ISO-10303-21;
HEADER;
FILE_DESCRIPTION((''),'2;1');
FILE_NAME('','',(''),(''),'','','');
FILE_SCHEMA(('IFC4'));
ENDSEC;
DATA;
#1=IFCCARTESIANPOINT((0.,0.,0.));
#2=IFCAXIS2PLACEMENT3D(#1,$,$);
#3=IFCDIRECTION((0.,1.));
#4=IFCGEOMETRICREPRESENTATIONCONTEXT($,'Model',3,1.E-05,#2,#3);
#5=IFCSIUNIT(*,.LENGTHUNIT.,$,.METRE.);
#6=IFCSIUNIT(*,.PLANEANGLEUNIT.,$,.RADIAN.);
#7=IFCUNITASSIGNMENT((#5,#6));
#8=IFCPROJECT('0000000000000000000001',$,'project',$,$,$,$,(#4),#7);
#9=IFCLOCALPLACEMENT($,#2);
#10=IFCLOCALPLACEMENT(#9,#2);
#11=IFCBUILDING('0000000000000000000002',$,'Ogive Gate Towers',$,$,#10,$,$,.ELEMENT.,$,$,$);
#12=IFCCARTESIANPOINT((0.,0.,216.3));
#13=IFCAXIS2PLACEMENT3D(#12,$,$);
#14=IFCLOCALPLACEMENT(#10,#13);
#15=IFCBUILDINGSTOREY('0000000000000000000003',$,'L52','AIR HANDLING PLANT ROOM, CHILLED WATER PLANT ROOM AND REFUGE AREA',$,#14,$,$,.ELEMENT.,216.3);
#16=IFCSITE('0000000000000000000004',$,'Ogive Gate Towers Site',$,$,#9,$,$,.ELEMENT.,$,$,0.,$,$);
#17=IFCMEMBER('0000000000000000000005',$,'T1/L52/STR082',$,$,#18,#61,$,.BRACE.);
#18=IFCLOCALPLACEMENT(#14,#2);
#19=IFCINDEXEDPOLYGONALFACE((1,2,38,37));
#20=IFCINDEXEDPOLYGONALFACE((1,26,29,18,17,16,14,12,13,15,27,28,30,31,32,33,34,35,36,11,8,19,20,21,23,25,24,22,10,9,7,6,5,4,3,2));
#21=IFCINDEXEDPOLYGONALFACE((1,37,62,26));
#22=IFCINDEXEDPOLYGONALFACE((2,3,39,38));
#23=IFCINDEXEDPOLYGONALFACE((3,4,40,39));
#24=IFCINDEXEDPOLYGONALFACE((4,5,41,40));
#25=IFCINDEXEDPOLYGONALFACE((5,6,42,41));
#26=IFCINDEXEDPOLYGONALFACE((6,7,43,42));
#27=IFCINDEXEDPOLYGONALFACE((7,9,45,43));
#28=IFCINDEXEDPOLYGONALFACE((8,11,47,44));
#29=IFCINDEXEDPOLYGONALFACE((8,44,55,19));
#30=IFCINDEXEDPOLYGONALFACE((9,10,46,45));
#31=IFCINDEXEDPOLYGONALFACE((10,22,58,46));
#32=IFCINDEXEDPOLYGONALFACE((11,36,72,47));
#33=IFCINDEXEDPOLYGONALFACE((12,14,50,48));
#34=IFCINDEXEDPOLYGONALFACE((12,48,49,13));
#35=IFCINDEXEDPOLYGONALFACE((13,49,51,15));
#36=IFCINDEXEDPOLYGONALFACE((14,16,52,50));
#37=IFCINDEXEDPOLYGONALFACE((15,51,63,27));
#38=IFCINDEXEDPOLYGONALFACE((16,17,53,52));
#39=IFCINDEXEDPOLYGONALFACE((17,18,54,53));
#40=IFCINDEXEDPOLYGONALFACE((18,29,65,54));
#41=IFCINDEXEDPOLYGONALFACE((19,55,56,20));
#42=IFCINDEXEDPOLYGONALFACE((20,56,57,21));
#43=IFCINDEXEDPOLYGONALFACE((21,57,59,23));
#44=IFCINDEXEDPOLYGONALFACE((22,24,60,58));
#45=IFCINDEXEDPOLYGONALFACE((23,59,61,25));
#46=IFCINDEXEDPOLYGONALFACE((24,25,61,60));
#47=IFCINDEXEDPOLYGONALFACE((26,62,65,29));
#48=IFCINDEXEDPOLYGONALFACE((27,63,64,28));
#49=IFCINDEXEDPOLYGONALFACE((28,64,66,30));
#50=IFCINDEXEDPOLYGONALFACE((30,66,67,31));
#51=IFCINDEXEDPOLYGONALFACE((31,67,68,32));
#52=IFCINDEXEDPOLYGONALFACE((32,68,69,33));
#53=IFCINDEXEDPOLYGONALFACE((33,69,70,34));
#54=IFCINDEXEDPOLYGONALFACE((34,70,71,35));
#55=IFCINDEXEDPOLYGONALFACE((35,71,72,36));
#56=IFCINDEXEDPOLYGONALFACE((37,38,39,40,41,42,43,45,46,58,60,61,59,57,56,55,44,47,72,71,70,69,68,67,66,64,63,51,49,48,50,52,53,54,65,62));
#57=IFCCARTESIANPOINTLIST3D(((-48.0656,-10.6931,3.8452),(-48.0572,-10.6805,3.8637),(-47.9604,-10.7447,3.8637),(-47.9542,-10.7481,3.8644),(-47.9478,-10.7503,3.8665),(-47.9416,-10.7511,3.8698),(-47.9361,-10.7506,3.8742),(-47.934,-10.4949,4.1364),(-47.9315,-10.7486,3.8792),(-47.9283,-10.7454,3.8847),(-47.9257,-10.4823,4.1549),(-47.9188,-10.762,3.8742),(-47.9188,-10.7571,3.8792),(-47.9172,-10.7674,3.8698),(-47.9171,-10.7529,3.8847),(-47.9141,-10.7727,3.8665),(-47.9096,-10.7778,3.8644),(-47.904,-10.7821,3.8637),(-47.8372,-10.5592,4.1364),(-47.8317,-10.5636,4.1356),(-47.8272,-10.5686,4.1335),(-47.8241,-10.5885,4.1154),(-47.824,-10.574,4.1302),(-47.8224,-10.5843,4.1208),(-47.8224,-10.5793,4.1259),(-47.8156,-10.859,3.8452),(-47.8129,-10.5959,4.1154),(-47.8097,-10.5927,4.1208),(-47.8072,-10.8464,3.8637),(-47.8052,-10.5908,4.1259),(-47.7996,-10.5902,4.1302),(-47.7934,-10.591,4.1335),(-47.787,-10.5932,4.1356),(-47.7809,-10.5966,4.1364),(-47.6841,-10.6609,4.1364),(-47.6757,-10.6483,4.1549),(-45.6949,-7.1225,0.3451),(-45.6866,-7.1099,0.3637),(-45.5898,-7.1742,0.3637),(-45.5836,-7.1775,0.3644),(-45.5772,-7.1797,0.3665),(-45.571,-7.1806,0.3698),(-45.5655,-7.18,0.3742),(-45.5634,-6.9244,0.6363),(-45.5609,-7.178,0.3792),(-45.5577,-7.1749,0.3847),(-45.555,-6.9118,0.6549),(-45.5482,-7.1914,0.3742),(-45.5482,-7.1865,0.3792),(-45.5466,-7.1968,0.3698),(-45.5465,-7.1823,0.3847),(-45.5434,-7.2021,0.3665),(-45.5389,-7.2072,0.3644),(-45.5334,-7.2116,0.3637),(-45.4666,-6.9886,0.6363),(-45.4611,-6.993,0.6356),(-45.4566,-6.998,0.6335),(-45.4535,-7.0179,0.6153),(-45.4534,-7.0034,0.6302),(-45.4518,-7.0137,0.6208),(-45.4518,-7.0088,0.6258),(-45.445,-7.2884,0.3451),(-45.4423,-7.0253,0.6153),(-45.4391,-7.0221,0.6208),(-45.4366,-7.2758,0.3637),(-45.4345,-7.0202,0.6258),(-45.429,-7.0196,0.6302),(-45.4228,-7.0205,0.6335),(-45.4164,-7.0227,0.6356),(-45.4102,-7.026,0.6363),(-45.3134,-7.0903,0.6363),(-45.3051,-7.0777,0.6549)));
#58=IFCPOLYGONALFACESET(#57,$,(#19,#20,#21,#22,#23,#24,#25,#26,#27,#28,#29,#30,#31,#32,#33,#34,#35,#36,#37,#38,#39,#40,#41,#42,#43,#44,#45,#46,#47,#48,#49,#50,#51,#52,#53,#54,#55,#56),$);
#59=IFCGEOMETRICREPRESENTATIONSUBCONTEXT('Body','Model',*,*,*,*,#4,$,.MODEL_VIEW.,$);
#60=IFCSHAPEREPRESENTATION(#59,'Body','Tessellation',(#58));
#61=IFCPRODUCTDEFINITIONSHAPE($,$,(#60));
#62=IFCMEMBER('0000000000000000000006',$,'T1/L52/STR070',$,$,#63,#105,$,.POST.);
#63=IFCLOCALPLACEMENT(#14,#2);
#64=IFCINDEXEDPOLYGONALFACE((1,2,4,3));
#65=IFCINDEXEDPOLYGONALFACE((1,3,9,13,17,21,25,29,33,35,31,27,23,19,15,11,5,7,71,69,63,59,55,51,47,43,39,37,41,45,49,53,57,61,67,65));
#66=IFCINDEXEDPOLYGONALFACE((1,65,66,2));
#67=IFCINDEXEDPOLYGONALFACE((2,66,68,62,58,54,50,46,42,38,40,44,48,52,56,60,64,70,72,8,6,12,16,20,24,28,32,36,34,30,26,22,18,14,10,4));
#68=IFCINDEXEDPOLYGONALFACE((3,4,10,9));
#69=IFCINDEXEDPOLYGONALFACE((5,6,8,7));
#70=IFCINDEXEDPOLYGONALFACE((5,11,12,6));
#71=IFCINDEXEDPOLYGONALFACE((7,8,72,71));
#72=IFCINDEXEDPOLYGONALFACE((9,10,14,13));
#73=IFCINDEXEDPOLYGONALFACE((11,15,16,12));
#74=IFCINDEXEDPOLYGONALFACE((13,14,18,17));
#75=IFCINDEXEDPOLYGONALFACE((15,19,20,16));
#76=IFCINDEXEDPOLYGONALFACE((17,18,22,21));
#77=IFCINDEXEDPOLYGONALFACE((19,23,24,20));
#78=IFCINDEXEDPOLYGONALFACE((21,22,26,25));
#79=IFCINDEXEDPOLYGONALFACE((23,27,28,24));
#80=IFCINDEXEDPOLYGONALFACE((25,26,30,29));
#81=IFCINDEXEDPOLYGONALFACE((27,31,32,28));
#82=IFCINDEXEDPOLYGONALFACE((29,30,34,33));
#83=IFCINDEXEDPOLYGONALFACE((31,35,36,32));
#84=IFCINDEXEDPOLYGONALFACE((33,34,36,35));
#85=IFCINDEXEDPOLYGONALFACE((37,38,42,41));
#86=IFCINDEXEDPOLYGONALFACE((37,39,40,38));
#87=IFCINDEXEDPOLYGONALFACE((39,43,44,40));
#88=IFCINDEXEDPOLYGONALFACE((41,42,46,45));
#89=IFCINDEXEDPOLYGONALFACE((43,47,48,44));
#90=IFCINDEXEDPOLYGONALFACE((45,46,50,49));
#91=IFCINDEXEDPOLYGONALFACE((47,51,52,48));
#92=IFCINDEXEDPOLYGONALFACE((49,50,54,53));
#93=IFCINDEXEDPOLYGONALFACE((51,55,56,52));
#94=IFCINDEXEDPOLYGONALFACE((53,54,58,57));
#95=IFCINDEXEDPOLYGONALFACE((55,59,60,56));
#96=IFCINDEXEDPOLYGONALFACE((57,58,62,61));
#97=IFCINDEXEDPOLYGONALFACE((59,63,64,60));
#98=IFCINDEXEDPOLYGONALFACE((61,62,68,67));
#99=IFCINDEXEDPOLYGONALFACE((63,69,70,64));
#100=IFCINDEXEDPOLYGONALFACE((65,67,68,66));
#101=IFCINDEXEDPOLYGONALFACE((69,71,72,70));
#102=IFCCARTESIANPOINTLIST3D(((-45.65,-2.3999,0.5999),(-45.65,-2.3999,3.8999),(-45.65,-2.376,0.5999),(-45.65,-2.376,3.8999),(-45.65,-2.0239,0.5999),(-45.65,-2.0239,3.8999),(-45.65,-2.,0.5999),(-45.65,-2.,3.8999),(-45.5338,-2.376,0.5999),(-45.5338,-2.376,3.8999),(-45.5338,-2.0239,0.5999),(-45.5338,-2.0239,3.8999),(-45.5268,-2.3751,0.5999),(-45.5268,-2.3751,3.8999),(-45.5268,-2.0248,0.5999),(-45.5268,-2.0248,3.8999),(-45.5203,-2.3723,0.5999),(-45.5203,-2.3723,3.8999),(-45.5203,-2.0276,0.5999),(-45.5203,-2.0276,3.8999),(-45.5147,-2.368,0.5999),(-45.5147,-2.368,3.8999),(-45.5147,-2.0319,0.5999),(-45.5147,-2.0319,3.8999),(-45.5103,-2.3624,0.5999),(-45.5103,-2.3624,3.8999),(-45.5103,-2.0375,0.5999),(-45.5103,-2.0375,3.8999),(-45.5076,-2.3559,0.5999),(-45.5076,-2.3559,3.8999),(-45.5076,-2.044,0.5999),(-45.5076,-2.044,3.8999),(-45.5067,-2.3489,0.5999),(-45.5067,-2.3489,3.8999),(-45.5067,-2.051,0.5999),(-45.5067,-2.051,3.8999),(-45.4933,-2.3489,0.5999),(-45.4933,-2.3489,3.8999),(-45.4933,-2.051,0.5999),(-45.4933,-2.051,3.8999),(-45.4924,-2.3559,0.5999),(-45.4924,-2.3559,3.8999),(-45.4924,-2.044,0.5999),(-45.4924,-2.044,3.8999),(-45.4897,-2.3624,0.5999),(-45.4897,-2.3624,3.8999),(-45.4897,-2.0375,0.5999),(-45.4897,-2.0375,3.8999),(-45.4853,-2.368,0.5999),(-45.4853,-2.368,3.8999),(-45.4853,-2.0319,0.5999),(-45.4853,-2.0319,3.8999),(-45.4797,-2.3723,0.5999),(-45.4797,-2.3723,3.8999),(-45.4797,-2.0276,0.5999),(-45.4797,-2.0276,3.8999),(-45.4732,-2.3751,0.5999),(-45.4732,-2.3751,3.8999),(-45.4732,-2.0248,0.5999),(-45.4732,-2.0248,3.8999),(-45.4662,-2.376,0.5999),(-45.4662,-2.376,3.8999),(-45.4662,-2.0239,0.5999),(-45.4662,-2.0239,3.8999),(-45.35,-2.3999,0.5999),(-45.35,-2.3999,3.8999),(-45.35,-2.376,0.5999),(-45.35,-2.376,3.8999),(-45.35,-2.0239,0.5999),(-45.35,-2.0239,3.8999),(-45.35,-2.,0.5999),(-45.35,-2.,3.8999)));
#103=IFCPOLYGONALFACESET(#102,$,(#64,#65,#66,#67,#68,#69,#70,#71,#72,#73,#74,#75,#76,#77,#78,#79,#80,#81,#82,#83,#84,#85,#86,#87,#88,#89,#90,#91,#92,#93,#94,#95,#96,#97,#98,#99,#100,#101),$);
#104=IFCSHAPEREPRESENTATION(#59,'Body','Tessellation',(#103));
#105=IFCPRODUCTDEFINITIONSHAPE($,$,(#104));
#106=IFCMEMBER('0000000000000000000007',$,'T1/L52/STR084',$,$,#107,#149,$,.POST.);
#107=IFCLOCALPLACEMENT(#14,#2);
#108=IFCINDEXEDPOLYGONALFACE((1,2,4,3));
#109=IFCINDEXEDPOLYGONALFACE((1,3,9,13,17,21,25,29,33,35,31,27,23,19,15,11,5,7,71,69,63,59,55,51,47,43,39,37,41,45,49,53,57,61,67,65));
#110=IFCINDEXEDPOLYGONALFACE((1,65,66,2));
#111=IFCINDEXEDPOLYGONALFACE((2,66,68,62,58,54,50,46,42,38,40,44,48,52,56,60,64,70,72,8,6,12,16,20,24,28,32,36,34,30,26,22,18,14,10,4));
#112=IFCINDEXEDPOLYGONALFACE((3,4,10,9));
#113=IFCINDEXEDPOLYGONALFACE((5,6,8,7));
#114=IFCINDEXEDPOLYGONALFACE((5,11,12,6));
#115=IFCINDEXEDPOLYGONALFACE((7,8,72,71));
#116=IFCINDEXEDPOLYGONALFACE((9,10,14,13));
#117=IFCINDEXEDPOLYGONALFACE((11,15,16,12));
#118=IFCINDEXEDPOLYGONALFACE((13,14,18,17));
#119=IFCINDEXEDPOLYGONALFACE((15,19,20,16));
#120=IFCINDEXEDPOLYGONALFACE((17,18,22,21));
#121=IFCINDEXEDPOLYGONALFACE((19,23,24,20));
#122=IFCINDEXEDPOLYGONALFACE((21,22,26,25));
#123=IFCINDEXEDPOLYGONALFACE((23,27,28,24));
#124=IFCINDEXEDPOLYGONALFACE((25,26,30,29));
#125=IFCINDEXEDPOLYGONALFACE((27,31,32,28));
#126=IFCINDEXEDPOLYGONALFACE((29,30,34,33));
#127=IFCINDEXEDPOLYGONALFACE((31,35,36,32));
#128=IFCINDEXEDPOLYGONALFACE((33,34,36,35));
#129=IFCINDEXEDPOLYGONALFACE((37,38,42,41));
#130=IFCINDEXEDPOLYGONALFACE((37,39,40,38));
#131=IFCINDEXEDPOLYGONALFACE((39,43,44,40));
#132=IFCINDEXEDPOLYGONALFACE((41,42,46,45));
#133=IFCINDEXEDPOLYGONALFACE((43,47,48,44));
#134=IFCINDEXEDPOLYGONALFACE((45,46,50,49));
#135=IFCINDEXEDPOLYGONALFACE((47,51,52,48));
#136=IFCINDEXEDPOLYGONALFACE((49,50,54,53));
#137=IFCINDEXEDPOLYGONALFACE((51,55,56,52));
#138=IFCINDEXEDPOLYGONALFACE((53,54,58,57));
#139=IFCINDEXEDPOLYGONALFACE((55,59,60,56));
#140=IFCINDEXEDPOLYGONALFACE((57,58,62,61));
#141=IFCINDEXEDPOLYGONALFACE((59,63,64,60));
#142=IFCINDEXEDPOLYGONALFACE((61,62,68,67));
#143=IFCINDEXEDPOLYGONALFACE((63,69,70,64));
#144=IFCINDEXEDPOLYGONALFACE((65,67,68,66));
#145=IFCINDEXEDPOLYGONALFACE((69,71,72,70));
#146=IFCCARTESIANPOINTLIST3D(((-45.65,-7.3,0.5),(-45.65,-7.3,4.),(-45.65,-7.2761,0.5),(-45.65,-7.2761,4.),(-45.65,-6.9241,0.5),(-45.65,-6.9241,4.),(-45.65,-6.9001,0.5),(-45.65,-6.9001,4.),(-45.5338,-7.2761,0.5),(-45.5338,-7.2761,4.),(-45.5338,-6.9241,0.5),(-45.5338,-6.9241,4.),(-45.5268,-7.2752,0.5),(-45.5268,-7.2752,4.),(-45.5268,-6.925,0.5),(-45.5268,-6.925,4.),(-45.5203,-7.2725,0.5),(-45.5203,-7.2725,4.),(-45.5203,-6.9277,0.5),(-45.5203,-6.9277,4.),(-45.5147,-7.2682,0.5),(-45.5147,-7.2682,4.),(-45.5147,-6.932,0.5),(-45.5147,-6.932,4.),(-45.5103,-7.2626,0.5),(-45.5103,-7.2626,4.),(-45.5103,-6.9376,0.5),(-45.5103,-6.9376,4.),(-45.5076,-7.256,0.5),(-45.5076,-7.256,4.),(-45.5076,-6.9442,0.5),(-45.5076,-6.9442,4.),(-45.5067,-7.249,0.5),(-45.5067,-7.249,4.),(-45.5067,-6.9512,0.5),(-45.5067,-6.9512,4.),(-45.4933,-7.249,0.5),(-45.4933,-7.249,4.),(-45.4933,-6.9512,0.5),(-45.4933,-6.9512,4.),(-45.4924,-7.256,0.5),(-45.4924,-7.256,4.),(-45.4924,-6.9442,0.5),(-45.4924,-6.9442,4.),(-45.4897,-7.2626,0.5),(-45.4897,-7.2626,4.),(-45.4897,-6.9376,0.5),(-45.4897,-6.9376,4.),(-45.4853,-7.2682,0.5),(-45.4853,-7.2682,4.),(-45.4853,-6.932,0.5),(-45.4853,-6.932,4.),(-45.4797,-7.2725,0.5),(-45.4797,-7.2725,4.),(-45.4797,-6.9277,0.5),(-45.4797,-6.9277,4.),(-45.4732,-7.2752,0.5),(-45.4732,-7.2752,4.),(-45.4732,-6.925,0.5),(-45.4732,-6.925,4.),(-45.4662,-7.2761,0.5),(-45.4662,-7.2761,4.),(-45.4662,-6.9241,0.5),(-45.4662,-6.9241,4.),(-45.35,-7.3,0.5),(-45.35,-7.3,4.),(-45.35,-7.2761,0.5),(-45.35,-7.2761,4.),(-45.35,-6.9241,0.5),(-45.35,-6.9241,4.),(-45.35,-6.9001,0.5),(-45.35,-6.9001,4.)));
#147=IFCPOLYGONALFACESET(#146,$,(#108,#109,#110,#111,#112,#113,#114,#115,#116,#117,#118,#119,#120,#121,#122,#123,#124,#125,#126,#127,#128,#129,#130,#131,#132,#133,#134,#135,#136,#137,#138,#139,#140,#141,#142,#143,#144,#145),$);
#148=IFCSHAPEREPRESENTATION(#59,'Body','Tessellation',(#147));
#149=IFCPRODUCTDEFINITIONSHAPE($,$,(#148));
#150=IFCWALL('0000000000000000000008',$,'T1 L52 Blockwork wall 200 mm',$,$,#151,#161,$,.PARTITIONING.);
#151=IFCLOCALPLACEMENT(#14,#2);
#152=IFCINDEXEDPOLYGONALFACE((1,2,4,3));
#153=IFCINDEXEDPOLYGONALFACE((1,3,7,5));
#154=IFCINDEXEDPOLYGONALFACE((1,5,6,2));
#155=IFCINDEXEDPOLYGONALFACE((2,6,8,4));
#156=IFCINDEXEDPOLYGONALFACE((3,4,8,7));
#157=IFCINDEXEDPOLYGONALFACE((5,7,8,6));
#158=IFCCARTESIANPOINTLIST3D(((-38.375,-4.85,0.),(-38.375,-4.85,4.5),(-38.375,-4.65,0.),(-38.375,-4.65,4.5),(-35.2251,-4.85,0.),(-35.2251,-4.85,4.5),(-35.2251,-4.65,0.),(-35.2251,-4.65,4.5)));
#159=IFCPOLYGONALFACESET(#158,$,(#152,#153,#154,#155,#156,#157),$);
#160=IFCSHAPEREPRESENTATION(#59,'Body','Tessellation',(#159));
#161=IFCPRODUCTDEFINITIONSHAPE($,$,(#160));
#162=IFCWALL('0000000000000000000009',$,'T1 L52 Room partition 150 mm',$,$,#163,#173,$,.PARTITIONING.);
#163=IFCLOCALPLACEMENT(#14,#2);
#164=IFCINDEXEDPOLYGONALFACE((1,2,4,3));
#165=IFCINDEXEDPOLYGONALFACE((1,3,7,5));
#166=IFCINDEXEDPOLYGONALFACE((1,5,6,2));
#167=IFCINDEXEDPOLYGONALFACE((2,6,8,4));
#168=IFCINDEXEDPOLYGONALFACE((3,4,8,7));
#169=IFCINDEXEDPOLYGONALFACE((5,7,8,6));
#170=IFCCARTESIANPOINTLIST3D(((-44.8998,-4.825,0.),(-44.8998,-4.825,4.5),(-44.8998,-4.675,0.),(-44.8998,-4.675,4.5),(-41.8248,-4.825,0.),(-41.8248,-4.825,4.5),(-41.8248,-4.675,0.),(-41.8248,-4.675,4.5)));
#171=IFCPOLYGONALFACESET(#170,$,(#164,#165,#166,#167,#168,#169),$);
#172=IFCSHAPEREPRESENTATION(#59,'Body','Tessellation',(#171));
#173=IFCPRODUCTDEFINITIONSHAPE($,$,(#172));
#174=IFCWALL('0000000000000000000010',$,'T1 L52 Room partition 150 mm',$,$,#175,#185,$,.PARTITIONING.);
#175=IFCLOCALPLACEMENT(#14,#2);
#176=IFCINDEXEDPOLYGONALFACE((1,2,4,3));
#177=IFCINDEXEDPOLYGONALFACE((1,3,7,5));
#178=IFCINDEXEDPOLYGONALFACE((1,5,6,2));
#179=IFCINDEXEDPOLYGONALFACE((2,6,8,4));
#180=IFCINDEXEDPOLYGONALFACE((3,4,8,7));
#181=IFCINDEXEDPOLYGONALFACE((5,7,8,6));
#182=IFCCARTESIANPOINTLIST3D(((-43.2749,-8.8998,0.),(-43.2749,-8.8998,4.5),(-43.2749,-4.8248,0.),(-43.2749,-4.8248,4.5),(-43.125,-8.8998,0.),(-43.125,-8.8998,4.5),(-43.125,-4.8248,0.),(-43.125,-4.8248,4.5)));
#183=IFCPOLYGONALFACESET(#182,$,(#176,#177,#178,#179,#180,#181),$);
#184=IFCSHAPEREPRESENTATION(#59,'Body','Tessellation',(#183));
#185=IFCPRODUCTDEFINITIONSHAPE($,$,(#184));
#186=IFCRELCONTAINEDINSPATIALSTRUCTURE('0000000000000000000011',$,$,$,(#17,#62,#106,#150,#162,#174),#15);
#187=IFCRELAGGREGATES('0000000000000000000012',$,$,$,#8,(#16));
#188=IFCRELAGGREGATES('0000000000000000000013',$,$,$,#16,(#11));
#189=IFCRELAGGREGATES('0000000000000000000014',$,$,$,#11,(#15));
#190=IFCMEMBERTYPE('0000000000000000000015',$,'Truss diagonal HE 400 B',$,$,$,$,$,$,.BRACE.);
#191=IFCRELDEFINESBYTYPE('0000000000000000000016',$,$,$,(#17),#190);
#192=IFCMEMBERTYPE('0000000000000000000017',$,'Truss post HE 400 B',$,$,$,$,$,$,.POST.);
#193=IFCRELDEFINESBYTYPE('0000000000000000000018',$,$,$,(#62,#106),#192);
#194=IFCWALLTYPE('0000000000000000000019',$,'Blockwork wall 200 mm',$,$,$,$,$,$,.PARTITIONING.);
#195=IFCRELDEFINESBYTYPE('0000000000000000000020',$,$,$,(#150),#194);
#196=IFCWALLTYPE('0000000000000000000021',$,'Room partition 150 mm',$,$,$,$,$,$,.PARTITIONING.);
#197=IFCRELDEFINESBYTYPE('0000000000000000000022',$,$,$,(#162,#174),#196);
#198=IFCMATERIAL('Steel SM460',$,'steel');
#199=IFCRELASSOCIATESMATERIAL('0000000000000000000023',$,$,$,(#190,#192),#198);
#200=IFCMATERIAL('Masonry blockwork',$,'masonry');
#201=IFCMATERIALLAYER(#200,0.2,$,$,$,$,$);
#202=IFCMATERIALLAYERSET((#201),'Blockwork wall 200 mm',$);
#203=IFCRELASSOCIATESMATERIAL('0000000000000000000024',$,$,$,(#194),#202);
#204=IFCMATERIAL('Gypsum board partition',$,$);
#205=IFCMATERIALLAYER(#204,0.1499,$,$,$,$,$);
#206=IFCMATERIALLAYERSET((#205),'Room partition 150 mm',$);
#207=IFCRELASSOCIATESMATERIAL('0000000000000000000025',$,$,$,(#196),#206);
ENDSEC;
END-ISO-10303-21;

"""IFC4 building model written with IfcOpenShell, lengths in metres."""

from ifc_helpers import new_model, si_unit, direction, frame, frame_2d, origin, origin_2d, place, context, subcontext, project, spatial, rectangle, i_section, extrude, material, layer, layer_set, material_profile, profile_set, type_object, element, save


model = new_model("IFC4")

# Units and contexts
model_context = context("Model", 3, precision=1e-05, world=origin(), true_north=direction((0.0, 1.0)))
body_context = subcontext(model_context, "Body", "Model", "MODEL_VIEW")
ifc_project = project(units=[si_unit("LENGTHUNIT", "METRE"), si_unit("PLANEANGLEUNIT", "RADIAN")], contexts=[model_context])

# Site, building, storey
site_placement = place(None, origin())
site = spatial("IfcSite", under=ifc_project, at=site_placement, Name="Ogive Gate Towers Site", CompositionType="ELEMENT", RefElevation=0.0)
building_placement = place(site_placement, origin())
building = spatial("IfcBuilding", under=site, at=building_placement, Name="Ogive Gate Towers", CompositionType="ELEMENT")
storey_placement = place(building_placement, frame((0.0, 0.0, 216.3)))
storey = spatial("IfcBuildingStorey", under=building, at=storey_placement, Name="L52", Description="AIR HANDLING PLANT ROOM, CHILLED WATER PLANT ROOM AND REFUGE AREA", CompositionType="ELEMENT", Elevation=216.3)

# Members
ifc_material_1 = material(Name="Steel SM460", Category="steel")
ifc_material_profile_1 = material_profile(ifc_material_1, i_section(OverallWidth=0.3, OverallDepth=0.3999, WebThickness=0.0134, FlangeThickness=0.0239, FilletRadius=0.0271, at=origin_2d()), Name="HE 400 B")
ifc_profile_set_1 = profile_set([ifc_material_profile_1], Name="Steel SM460")
member_type_1 = type_object("IfcMemberType", Name="Truss diagonal HE 400 B", PredefinedType="BRACE", material=ifc_profile_set_1)
member_1_placement = place(storey_placement, frame((-45.5, -7.1001, 0.5), z_axis=(-0.428417, -0.645272, 0.632521), x_axis=(0.8331, -0.553122, 0.0)))
element("IfcMember", 1, at=member_1_placement, inside=storey, type_object=member_type_1, Name="T1/L52/STR082", PredefinedType="BRACE", context=body_context, shape_type="SweptSolid", body=[
    extrude(i_section(OverallWidth=0.3, OverallDepth=0.3999, WebThickness=0.0134, FlangeThickness=0.0239, FilletRadius=0.0271, at=origin_2d()), origin(), (0.0, 0.0, 1.0), 5.5334),
])
ifc_material_profile_2 = material_profile(ifc_material_1, i_section(OverallWidth=0.3, OverallDepth=0.3999, WebThickness=0.0134, FlangeThickness=0.0239, FilletRadius=0.0271, at=origin_2d()), Name="HE 400 B")
ifc_profile_set_2 = profile_set([ifc_material_profile_2], Name="Steel SM460")
member_type_2 = type_object("IfcMemberType", Name="Truss post HE 400 B", PredefinedType="POST", material=ifc_profile_set_2)
member_2_placement = place(storey_placement, frame((-45.5, -2.2, 0.5999), z_axis=(0.0, 0.0, 1.0), x_axis=(1.0, 0.0, 0.0)))
element("IfcMember", 2, at=member_2_placement, inside=storey, type_object=member_type_2, Name="T1/L52/STR070", PredefinedType="POST", context=body_context, shape_type="SweptSolid", body=[
    extrude(i_section(OverallWidth=0.3, OverallDepth=0.3999, WebThickness=0.0134, FlangeThickness=0.0239, FilletRadius=0.0271, at=origin_2d()), origin(), (0.0, 0.0, 1.0), 3.3),
])
member_3_placement = place(storey_placement, frame((-45.5, -7.1001, 0.5), z_axis=(0.0, 0.0, 1.0), x_axis=(1.0, 0.0, 0.0)))
element("IfcMember", 3, at=member_3_placement, inside=storey, type_object=member_type_2, Name="T1/L52/STR084", PredefinedType="POST", context=body_context, shape_type="SweptSolid", body=[
    extrude(i_section(OverallWidth=0.3, OverallDepth=0.3999, WebThickness=0.0134, FlangeThickness=0.0239, FilletRadius=0.0271, at=origin_2d()), origin(), (0.0, 0.0, 1.0), 3.5),
])

# Walls
ifc_material_2 = material(Name="Masonry blockwork", Category="masonry")
ifc_layer_1 = layer(ifc_material_2, 0.2)
ifc_layer_set_1 = layer_set([ifc_layer_1], Name="Blockwork wall 200 mm")
wall_type_1 = type_object("IfcWallType", Name="Blockwork wall 200 mm", PredefinedType="PARTITIONING", material=ifc_layer_set_1)
wall_1_placement = place(storey_placement, frame((-38.375, -4.75, 0.0), z_axis=(0.0, 0.0, 1.0), x_axis=(1.0, 0.0, 0.0)))
element("IfcWall", 4, at=wall_1_placement, inside=storey, type_object=wall_type_1, Name="T1 L52 Blockwork wall 200 mm", PredefinedType="PARTITIONING", context=body_context, shape_type="SweptSolid", body=[
    extrude(rectangle(XDim=3.1499, YDim=0.2, at=frame_2d((1.575, 0.0))), origin(), (0.0, 0.0, 1.0), 4.5),
])
ifc_material_3 = material(Name="Gypsum board partition")
ifc_layer_2 = layer(ifc_material_3, 0.1499)
ifc_layer_set_2 = layer_set([ifc_layer_2], Name="Room partition 150 mm")
wall_type_2 = type_object("IfcWallType", Name="Room partition 150 mm", PredefinedType="PARTITIONING", material=ifc_layer_set_2)
wall_2_placement = place(storey_placement, frame((-44.8999, -4.75, 0.0), z_axis=(0.0, 0.0, 1.0), x_axis=(1.0, 0.0, 0.0)))
element("IfcWall", 5, at=wall_2_placement, inside=storey, type_object=wall_type_2, Name="T1 L52 Room partition 150 mm", PredefinedType="PARTITIONING", context=body_context, shape_type="SweptSolid", body=[
    extrude(rectangle(XDim=3.075, YDim=0.1499, at=frame_2d((1.5376, 0.0))), origin(), (0.0, 0.0, 1.0), 4.5),
])
wall_3_placement = place(storey_placement, frame((-43.2, -8.8999, 0.0), z_axis=(0.0, 0.0, 1.0), x_axis=(0.0, 1.0, 0.0)))
element("IfcWall", 6, at=wall_3_placement, inside=storey, type_object=wall_type_2, Name="T1 L52 Room partition 150 mm", PredefinedType="PARTITIONING", context=body_context, shape_type="SweptSolid", body=[
    extrude(rectangle(XDim=4.075, YDim=0.1499, at=frame_2d((2.0376, 0.0))), origin(), (0.0, 0.0, 1.0), 4.5),
])

save(model, "model.ifc")
